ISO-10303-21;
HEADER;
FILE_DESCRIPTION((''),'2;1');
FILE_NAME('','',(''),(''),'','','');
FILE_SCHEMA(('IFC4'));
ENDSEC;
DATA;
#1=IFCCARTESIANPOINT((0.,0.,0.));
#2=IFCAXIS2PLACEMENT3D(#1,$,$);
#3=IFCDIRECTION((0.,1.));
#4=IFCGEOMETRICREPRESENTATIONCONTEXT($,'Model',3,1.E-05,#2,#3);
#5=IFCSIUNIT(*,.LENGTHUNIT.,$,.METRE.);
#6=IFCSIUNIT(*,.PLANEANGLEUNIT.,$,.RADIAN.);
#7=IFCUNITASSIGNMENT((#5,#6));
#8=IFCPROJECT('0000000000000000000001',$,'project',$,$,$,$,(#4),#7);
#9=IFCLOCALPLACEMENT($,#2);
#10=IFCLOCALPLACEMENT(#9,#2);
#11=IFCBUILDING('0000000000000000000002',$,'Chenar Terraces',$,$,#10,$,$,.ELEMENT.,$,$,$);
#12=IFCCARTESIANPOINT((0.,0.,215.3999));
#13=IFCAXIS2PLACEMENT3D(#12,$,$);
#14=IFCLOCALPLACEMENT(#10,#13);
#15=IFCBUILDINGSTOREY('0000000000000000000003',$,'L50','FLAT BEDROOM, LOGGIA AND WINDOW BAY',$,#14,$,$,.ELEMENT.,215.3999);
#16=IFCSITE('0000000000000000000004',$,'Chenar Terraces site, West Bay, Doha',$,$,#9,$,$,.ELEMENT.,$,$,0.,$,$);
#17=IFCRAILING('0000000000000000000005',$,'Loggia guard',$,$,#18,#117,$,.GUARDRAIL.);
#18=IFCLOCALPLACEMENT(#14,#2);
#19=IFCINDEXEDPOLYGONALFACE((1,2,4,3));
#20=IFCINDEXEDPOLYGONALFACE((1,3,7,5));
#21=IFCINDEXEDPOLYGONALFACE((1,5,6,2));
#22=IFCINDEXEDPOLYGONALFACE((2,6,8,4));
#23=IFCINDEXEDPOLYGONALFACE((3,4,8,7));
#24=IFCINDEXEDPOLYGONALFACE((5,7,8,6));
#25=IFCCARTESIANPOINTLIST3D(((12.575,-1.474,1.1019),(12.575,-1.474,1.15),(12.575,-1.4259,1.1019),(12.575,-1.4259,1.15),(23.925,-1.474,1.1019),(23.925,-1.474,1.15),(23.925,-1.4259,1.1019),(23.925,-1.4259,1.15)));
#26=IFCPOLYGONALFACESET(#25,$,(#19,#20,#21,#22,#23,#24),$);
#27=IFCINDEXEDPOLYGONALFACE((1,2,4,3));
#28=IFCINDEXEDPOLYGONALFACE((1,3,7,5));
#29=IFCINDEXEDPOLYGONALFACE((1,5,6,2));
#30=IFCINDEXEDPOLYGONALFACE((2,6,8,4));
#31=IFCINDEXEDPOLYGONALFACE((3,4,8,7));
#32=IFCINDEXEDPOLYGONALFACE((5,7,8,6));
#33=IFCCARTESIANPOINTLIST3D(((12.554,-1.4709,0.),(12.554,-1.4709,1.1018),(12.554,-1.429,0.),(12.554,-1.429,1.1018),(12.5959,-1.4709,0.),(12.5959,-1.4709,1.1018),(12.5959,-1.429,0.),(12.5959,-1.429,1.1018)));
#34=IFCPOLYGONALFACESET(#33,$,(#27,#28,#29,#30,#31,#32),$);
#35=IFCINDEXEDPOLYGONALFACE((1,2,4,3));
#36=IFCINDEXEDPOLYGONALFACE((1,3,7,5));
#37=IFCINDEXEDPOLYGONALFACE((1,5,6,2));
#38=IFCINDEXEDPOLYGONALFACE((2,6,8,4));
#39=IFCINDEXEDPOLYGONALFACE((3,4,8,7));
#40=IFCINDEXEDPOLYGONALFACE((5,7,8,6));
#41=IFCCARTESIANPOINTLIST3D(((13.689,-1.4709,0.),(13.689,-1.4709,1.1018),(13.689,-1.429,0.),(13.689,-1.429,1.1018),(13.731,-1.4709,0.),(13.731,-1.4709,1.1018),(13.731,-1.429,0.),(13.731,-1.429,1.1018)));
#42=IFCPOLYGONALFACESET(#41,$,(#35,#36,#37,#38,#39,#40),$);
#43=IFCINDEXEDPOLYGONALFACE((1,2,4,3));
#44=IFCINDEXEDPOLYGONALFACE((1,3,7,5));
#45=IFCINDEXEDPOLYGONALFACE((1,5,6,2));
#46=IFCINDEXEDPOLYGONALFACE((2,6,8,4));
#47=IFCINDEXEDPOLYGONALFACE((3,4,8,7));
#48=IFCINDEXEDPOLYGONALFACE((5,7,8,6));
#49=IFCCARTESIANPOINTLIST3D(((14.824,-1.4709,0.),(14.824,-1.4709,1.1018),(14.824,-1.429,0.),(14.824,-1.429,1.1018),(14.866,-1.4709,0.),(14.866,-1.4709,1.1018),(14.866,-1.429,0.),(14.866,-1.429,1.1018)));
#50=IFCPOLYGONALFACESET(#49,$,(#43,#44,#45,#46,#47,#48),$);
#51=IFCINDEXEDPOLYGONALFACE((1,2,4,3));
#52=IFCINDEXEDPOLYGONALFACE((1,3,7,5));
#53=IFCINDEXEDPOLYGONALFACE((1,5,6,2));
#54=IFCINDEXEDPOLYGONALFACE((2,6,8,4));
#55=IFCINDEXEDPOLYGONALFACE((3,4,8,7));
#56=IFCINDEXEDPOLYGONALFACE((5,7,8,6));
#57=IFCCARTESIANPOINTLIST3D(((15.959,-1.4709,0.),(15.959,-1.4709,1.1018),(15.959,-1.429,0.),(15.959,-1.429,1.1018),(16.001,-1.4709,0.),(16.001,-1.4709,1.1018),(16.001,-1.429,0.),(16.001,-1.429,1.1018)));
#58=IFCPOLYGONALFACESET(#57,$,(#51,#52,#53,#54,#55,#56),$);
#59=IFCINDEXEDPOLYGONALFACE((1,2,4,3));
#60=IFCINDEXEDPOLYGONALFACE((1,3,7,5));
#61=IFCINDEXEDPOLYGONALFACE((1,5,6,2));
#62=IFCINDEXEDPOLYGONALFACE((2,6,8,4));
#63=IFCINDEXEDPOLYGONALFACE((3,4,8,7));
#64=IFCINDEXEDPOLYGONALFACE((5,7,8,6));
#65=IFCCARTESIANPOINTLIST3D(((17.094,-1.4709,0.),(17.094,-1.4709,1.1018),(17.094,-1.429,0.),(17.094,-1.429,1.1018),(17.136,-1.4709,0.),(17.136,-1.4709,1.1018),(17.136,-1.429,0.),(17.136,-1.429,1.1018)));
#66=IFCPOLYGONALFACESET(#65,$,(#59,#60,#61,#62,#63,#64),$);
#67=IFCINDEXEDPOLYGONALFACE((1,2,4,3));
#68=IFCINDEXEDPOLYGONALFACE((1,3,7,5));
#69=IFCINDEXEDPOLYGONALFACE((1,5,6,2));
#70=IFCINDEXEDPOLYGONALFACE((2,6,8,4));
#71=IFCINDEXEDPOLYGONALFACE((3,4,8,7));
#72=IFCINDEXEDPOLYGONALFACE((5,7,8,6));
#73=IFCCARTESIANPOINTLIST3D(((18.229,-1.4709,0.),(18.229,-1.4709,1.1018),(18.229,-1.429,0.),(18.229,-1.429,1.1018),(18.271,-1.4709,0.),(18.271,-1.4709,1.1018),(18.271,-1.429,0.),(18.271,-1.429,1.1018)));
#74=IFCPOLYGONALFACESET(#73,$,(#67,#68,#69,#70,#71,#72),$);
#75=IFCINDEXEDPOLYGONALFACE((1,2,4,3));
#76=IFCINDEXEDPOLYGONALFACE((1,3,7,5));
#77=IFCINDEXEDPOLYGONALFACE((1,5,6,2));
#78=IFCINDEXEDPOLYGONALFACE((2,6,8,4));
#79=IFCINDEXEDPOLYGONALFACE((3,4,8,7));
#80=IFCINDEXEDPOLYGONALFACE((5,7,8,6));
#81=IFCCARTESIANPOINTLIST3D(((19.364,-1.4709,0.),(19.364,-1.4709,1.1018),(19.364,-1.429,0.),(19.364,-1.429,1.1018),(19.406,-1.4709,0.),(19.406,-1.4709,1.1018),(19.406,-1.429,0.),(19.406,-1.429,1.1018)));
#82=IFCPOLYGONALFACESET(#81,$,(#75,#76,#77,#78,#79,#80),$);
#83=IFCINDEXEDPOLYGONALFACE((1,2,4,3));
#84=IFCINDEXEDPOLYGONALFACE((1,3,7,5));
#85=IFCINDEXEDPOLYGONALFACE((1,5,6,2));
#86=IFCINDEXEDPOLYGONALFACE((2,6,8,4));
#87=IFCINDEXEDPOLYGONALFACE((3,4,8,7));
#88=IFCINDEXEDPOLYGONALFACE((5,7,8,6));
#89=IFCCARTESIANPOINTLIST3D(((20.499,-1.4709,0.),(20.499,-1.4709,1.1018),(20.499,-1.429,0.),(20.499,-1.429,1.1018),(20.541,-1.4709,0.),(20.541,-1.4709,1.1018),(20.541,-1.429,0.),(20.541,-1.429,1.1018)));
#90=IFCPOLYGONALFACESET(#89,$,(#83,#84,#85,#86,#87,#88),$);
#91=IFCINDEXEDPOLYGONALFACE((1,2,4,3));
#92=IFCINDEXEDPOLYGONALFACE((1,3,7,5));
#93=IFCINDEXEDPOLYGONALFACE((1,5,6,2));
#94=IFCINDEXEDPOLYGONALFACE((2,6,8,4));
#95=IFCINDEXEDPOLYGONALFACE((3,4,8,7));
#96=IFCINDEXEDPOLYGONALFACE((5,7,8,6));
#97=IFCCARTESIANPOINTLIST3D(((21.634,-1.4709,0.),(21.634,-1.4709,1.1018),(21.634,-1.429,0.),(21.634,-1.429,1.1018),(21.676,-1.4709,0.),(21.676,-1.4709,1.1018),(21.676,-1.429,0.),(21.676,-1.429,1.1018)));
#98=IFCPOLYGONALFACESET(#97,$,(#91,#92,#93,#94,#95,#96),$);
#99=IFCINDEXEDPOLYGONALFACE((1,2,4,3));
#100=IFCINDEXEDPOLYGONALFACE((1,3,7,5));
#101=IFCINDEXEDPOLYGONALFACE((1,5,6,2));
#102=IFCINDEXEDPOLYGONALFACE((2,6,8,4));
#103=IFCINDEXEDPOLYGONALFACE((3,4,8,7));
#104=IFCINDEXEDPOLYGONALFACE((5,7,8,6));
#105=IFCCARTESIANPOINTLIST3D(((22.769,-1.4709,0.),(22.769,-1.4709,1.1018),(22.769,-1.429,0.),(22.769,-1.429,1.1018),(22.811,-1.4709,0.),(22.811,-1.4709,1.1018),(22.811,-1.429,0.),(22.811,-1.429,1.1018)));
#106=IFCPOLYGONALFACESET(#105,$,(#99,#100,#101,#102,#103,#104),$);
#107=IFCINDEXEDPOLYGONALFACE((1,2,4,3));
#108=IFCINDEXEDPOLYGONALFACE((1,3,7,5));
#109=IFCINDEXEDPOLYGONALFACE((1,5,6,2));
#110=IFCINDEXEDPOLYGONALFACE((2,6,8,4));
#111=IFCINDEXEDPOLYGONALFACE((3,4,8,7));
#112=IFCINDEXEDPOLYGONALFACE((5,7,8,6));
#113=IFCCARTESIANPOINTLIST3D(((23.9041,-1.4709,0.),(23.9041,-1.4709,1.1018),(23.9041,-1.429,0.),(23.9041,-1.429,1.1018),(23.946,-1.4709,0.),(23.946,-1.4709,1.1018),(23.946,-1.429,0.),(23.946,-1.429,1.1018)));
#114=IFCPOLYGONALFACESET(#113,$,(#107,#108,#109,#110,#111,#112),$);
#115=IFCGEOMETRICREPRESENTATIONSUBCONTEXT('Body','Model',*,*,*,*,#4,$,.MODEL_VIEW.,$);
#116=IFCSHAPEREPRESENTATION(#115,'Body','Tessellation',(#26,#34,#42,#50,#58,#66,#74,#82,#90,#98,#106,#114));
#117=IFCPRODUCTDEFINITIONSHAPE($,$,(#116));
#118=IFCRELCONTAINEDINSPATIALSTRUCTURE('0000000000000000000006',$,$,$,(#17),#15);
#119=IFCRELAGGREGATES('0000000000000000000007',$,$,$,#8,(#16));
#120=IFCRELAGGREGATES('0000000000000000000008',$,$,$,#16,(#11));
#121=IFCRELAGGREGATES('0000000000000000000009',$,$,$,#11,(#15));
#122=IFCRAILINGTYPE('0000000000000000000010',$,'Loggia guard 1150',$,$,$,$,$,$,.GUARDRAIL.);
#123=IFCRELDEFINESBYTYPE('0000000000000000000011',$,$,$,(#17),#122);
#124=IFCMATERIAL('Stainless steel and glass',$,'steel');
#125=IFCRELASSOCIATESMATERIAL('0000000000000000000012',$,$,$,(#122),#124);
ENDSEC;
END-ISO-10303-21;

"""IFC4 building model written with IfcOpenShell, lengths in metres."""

from ifc_helpers import new_model, si_unit, direction, frame, origin, origin_2d, place, context, subcontext, project, spatial, rectangle, extrude, material, type_object, element, save


model = new_model("IFC4")

# Units and contexts
model_context = context("Model", 3, precision=1e-05, world=origin(), true_north=direction((0.0, 1.0)))
body_context = subcontext(model_context, "Body", "Model", "MODEL_VIEW")
ifc_project = project(units=[si_unit("LENGTHUNIT", "METRE"), si_unit("PLANEANGLEUNIT", "RADIAN")], contexts=[model_context])

# Site, building, storey
site_placement = place(None, origin())
site = spatial("IfcSite", under=ifc_project, at=site_placement, Name="Chenar Terraces site, West Bay, Doha", CompositionType="ELEMENT", RefElevation=0.0)
building_placement = place(site_placement, origin())
building = spatial("IfcBuilding", under=site, at=building_placement, Name="Chenar Terraces", CompositionType="ELEMENT")
storey_placement = place(building_placement, frame((0.0, 0.0, 215.3999)))
storey = spatial("IfcBuildingStorey", under=building, at=storey_placement, Name="L50", Description="FLAT BEDROOM, LOGGIA AND WINDOW BAY", CompositionType="ELEMENT", Elevation=215.3999)

# Railing
ifc_material_1 = material(Name="Stainless steel and glass", Category="steel")
railing_type = type_object("IfcRailingType", Name="Loggia guard 1150", PredefinedType="GUARDRAIL", material=ifc_material_1)
railing_placement = place(storey_placement, frame((12.575, -1.45, 0.0)))
element("IfcRailing", 1, at=railing_placement, inside=storey, type_object=railing_type, Name="Loggia guard", PredefinedType="GUARDRAIL", context=body_context, shape_type="SweptSolid", body=[
    extrude(rectangle(XDim=0.0481, YDim=0.0481, at=origin_2d()), frame((0.0, 0.0, 1.126), z_axis=(1.0, 0.0, 0.0), x_axis=(0.0, 1.0, 0.0)), (0.0, 0.0, 1.0), 11.3501),
    extrude(rectangle(XDim=0.042, YDim=0.042, at=origin_2d()), origin(), (0.0, 0.0, 1.0), 1.1018),
    extrude(rectangle(XDim=0.042, YDim=0.042, at=origin_2d()), frame((1.135, 0.0, 0.0)), (0.0, 0.0, 1.0), 1.1018),
    extrude(rectangle(XDim=0.042, YDim=0.042, at=origin_2d()), frame((2.27, 0.0, 0.0)), (0.0, 0.0, 1.0), 1.1018),
    extrude(rectangle(XDim=0.042, YDim=0.042, at=origin_2d()), frame((3.405, 0.0, 0.0)), (0.0, 0.0, 1.0), 1.1018),
    extrude(rectangle(XDim=0.042, YDim=0.042, at=origin_2d()), frame((4.54, 0.0, 0.0)), (0.0, 0.0, 1.0), 1.1018),
    extrude(rectangle(XDim=0.042, YDim=0.042, at=origin_2d()), frame((5.675, 0.0, 0.0)), (0.0, 0.0, 1.0), 1.1018),
    extrude(rectangle(XDim=0.042, YDim=0.042, at=origin_2d()), frame((6.8101, 0.0, 0.0)), (0.0, 0.0, 1.0), 1.1018),
    extrude(rectangle(XDim=0.042, YDim=0.042, at=origin_2d()), frame((7.9451, 0.0, 0.0)), (0.0, 0.0, 1.0), 1.1018),
    extrude(rectangle(XDim=0.042, YDim=0.042, at=origin_2d()), frame((9.0801, 0.0, 0.0)), (0.0, 0.0, 1.0), 1.1018),
    extrude(rectangle(XDim=0.042, YDim=0.042, at=origin_2d()), frame((10.2151, 0.0, 0.0)), (0.0, 0.0, 1.0), 1.1018),
    extrude(rectangle(XDim=0.042, YDim=0.042, at=origin_2d()), frame((11.3501, 0.0, 0.0)), (0.0, 0.0, 1.0), 1.1018),
])

save(model, "model.ifc")
